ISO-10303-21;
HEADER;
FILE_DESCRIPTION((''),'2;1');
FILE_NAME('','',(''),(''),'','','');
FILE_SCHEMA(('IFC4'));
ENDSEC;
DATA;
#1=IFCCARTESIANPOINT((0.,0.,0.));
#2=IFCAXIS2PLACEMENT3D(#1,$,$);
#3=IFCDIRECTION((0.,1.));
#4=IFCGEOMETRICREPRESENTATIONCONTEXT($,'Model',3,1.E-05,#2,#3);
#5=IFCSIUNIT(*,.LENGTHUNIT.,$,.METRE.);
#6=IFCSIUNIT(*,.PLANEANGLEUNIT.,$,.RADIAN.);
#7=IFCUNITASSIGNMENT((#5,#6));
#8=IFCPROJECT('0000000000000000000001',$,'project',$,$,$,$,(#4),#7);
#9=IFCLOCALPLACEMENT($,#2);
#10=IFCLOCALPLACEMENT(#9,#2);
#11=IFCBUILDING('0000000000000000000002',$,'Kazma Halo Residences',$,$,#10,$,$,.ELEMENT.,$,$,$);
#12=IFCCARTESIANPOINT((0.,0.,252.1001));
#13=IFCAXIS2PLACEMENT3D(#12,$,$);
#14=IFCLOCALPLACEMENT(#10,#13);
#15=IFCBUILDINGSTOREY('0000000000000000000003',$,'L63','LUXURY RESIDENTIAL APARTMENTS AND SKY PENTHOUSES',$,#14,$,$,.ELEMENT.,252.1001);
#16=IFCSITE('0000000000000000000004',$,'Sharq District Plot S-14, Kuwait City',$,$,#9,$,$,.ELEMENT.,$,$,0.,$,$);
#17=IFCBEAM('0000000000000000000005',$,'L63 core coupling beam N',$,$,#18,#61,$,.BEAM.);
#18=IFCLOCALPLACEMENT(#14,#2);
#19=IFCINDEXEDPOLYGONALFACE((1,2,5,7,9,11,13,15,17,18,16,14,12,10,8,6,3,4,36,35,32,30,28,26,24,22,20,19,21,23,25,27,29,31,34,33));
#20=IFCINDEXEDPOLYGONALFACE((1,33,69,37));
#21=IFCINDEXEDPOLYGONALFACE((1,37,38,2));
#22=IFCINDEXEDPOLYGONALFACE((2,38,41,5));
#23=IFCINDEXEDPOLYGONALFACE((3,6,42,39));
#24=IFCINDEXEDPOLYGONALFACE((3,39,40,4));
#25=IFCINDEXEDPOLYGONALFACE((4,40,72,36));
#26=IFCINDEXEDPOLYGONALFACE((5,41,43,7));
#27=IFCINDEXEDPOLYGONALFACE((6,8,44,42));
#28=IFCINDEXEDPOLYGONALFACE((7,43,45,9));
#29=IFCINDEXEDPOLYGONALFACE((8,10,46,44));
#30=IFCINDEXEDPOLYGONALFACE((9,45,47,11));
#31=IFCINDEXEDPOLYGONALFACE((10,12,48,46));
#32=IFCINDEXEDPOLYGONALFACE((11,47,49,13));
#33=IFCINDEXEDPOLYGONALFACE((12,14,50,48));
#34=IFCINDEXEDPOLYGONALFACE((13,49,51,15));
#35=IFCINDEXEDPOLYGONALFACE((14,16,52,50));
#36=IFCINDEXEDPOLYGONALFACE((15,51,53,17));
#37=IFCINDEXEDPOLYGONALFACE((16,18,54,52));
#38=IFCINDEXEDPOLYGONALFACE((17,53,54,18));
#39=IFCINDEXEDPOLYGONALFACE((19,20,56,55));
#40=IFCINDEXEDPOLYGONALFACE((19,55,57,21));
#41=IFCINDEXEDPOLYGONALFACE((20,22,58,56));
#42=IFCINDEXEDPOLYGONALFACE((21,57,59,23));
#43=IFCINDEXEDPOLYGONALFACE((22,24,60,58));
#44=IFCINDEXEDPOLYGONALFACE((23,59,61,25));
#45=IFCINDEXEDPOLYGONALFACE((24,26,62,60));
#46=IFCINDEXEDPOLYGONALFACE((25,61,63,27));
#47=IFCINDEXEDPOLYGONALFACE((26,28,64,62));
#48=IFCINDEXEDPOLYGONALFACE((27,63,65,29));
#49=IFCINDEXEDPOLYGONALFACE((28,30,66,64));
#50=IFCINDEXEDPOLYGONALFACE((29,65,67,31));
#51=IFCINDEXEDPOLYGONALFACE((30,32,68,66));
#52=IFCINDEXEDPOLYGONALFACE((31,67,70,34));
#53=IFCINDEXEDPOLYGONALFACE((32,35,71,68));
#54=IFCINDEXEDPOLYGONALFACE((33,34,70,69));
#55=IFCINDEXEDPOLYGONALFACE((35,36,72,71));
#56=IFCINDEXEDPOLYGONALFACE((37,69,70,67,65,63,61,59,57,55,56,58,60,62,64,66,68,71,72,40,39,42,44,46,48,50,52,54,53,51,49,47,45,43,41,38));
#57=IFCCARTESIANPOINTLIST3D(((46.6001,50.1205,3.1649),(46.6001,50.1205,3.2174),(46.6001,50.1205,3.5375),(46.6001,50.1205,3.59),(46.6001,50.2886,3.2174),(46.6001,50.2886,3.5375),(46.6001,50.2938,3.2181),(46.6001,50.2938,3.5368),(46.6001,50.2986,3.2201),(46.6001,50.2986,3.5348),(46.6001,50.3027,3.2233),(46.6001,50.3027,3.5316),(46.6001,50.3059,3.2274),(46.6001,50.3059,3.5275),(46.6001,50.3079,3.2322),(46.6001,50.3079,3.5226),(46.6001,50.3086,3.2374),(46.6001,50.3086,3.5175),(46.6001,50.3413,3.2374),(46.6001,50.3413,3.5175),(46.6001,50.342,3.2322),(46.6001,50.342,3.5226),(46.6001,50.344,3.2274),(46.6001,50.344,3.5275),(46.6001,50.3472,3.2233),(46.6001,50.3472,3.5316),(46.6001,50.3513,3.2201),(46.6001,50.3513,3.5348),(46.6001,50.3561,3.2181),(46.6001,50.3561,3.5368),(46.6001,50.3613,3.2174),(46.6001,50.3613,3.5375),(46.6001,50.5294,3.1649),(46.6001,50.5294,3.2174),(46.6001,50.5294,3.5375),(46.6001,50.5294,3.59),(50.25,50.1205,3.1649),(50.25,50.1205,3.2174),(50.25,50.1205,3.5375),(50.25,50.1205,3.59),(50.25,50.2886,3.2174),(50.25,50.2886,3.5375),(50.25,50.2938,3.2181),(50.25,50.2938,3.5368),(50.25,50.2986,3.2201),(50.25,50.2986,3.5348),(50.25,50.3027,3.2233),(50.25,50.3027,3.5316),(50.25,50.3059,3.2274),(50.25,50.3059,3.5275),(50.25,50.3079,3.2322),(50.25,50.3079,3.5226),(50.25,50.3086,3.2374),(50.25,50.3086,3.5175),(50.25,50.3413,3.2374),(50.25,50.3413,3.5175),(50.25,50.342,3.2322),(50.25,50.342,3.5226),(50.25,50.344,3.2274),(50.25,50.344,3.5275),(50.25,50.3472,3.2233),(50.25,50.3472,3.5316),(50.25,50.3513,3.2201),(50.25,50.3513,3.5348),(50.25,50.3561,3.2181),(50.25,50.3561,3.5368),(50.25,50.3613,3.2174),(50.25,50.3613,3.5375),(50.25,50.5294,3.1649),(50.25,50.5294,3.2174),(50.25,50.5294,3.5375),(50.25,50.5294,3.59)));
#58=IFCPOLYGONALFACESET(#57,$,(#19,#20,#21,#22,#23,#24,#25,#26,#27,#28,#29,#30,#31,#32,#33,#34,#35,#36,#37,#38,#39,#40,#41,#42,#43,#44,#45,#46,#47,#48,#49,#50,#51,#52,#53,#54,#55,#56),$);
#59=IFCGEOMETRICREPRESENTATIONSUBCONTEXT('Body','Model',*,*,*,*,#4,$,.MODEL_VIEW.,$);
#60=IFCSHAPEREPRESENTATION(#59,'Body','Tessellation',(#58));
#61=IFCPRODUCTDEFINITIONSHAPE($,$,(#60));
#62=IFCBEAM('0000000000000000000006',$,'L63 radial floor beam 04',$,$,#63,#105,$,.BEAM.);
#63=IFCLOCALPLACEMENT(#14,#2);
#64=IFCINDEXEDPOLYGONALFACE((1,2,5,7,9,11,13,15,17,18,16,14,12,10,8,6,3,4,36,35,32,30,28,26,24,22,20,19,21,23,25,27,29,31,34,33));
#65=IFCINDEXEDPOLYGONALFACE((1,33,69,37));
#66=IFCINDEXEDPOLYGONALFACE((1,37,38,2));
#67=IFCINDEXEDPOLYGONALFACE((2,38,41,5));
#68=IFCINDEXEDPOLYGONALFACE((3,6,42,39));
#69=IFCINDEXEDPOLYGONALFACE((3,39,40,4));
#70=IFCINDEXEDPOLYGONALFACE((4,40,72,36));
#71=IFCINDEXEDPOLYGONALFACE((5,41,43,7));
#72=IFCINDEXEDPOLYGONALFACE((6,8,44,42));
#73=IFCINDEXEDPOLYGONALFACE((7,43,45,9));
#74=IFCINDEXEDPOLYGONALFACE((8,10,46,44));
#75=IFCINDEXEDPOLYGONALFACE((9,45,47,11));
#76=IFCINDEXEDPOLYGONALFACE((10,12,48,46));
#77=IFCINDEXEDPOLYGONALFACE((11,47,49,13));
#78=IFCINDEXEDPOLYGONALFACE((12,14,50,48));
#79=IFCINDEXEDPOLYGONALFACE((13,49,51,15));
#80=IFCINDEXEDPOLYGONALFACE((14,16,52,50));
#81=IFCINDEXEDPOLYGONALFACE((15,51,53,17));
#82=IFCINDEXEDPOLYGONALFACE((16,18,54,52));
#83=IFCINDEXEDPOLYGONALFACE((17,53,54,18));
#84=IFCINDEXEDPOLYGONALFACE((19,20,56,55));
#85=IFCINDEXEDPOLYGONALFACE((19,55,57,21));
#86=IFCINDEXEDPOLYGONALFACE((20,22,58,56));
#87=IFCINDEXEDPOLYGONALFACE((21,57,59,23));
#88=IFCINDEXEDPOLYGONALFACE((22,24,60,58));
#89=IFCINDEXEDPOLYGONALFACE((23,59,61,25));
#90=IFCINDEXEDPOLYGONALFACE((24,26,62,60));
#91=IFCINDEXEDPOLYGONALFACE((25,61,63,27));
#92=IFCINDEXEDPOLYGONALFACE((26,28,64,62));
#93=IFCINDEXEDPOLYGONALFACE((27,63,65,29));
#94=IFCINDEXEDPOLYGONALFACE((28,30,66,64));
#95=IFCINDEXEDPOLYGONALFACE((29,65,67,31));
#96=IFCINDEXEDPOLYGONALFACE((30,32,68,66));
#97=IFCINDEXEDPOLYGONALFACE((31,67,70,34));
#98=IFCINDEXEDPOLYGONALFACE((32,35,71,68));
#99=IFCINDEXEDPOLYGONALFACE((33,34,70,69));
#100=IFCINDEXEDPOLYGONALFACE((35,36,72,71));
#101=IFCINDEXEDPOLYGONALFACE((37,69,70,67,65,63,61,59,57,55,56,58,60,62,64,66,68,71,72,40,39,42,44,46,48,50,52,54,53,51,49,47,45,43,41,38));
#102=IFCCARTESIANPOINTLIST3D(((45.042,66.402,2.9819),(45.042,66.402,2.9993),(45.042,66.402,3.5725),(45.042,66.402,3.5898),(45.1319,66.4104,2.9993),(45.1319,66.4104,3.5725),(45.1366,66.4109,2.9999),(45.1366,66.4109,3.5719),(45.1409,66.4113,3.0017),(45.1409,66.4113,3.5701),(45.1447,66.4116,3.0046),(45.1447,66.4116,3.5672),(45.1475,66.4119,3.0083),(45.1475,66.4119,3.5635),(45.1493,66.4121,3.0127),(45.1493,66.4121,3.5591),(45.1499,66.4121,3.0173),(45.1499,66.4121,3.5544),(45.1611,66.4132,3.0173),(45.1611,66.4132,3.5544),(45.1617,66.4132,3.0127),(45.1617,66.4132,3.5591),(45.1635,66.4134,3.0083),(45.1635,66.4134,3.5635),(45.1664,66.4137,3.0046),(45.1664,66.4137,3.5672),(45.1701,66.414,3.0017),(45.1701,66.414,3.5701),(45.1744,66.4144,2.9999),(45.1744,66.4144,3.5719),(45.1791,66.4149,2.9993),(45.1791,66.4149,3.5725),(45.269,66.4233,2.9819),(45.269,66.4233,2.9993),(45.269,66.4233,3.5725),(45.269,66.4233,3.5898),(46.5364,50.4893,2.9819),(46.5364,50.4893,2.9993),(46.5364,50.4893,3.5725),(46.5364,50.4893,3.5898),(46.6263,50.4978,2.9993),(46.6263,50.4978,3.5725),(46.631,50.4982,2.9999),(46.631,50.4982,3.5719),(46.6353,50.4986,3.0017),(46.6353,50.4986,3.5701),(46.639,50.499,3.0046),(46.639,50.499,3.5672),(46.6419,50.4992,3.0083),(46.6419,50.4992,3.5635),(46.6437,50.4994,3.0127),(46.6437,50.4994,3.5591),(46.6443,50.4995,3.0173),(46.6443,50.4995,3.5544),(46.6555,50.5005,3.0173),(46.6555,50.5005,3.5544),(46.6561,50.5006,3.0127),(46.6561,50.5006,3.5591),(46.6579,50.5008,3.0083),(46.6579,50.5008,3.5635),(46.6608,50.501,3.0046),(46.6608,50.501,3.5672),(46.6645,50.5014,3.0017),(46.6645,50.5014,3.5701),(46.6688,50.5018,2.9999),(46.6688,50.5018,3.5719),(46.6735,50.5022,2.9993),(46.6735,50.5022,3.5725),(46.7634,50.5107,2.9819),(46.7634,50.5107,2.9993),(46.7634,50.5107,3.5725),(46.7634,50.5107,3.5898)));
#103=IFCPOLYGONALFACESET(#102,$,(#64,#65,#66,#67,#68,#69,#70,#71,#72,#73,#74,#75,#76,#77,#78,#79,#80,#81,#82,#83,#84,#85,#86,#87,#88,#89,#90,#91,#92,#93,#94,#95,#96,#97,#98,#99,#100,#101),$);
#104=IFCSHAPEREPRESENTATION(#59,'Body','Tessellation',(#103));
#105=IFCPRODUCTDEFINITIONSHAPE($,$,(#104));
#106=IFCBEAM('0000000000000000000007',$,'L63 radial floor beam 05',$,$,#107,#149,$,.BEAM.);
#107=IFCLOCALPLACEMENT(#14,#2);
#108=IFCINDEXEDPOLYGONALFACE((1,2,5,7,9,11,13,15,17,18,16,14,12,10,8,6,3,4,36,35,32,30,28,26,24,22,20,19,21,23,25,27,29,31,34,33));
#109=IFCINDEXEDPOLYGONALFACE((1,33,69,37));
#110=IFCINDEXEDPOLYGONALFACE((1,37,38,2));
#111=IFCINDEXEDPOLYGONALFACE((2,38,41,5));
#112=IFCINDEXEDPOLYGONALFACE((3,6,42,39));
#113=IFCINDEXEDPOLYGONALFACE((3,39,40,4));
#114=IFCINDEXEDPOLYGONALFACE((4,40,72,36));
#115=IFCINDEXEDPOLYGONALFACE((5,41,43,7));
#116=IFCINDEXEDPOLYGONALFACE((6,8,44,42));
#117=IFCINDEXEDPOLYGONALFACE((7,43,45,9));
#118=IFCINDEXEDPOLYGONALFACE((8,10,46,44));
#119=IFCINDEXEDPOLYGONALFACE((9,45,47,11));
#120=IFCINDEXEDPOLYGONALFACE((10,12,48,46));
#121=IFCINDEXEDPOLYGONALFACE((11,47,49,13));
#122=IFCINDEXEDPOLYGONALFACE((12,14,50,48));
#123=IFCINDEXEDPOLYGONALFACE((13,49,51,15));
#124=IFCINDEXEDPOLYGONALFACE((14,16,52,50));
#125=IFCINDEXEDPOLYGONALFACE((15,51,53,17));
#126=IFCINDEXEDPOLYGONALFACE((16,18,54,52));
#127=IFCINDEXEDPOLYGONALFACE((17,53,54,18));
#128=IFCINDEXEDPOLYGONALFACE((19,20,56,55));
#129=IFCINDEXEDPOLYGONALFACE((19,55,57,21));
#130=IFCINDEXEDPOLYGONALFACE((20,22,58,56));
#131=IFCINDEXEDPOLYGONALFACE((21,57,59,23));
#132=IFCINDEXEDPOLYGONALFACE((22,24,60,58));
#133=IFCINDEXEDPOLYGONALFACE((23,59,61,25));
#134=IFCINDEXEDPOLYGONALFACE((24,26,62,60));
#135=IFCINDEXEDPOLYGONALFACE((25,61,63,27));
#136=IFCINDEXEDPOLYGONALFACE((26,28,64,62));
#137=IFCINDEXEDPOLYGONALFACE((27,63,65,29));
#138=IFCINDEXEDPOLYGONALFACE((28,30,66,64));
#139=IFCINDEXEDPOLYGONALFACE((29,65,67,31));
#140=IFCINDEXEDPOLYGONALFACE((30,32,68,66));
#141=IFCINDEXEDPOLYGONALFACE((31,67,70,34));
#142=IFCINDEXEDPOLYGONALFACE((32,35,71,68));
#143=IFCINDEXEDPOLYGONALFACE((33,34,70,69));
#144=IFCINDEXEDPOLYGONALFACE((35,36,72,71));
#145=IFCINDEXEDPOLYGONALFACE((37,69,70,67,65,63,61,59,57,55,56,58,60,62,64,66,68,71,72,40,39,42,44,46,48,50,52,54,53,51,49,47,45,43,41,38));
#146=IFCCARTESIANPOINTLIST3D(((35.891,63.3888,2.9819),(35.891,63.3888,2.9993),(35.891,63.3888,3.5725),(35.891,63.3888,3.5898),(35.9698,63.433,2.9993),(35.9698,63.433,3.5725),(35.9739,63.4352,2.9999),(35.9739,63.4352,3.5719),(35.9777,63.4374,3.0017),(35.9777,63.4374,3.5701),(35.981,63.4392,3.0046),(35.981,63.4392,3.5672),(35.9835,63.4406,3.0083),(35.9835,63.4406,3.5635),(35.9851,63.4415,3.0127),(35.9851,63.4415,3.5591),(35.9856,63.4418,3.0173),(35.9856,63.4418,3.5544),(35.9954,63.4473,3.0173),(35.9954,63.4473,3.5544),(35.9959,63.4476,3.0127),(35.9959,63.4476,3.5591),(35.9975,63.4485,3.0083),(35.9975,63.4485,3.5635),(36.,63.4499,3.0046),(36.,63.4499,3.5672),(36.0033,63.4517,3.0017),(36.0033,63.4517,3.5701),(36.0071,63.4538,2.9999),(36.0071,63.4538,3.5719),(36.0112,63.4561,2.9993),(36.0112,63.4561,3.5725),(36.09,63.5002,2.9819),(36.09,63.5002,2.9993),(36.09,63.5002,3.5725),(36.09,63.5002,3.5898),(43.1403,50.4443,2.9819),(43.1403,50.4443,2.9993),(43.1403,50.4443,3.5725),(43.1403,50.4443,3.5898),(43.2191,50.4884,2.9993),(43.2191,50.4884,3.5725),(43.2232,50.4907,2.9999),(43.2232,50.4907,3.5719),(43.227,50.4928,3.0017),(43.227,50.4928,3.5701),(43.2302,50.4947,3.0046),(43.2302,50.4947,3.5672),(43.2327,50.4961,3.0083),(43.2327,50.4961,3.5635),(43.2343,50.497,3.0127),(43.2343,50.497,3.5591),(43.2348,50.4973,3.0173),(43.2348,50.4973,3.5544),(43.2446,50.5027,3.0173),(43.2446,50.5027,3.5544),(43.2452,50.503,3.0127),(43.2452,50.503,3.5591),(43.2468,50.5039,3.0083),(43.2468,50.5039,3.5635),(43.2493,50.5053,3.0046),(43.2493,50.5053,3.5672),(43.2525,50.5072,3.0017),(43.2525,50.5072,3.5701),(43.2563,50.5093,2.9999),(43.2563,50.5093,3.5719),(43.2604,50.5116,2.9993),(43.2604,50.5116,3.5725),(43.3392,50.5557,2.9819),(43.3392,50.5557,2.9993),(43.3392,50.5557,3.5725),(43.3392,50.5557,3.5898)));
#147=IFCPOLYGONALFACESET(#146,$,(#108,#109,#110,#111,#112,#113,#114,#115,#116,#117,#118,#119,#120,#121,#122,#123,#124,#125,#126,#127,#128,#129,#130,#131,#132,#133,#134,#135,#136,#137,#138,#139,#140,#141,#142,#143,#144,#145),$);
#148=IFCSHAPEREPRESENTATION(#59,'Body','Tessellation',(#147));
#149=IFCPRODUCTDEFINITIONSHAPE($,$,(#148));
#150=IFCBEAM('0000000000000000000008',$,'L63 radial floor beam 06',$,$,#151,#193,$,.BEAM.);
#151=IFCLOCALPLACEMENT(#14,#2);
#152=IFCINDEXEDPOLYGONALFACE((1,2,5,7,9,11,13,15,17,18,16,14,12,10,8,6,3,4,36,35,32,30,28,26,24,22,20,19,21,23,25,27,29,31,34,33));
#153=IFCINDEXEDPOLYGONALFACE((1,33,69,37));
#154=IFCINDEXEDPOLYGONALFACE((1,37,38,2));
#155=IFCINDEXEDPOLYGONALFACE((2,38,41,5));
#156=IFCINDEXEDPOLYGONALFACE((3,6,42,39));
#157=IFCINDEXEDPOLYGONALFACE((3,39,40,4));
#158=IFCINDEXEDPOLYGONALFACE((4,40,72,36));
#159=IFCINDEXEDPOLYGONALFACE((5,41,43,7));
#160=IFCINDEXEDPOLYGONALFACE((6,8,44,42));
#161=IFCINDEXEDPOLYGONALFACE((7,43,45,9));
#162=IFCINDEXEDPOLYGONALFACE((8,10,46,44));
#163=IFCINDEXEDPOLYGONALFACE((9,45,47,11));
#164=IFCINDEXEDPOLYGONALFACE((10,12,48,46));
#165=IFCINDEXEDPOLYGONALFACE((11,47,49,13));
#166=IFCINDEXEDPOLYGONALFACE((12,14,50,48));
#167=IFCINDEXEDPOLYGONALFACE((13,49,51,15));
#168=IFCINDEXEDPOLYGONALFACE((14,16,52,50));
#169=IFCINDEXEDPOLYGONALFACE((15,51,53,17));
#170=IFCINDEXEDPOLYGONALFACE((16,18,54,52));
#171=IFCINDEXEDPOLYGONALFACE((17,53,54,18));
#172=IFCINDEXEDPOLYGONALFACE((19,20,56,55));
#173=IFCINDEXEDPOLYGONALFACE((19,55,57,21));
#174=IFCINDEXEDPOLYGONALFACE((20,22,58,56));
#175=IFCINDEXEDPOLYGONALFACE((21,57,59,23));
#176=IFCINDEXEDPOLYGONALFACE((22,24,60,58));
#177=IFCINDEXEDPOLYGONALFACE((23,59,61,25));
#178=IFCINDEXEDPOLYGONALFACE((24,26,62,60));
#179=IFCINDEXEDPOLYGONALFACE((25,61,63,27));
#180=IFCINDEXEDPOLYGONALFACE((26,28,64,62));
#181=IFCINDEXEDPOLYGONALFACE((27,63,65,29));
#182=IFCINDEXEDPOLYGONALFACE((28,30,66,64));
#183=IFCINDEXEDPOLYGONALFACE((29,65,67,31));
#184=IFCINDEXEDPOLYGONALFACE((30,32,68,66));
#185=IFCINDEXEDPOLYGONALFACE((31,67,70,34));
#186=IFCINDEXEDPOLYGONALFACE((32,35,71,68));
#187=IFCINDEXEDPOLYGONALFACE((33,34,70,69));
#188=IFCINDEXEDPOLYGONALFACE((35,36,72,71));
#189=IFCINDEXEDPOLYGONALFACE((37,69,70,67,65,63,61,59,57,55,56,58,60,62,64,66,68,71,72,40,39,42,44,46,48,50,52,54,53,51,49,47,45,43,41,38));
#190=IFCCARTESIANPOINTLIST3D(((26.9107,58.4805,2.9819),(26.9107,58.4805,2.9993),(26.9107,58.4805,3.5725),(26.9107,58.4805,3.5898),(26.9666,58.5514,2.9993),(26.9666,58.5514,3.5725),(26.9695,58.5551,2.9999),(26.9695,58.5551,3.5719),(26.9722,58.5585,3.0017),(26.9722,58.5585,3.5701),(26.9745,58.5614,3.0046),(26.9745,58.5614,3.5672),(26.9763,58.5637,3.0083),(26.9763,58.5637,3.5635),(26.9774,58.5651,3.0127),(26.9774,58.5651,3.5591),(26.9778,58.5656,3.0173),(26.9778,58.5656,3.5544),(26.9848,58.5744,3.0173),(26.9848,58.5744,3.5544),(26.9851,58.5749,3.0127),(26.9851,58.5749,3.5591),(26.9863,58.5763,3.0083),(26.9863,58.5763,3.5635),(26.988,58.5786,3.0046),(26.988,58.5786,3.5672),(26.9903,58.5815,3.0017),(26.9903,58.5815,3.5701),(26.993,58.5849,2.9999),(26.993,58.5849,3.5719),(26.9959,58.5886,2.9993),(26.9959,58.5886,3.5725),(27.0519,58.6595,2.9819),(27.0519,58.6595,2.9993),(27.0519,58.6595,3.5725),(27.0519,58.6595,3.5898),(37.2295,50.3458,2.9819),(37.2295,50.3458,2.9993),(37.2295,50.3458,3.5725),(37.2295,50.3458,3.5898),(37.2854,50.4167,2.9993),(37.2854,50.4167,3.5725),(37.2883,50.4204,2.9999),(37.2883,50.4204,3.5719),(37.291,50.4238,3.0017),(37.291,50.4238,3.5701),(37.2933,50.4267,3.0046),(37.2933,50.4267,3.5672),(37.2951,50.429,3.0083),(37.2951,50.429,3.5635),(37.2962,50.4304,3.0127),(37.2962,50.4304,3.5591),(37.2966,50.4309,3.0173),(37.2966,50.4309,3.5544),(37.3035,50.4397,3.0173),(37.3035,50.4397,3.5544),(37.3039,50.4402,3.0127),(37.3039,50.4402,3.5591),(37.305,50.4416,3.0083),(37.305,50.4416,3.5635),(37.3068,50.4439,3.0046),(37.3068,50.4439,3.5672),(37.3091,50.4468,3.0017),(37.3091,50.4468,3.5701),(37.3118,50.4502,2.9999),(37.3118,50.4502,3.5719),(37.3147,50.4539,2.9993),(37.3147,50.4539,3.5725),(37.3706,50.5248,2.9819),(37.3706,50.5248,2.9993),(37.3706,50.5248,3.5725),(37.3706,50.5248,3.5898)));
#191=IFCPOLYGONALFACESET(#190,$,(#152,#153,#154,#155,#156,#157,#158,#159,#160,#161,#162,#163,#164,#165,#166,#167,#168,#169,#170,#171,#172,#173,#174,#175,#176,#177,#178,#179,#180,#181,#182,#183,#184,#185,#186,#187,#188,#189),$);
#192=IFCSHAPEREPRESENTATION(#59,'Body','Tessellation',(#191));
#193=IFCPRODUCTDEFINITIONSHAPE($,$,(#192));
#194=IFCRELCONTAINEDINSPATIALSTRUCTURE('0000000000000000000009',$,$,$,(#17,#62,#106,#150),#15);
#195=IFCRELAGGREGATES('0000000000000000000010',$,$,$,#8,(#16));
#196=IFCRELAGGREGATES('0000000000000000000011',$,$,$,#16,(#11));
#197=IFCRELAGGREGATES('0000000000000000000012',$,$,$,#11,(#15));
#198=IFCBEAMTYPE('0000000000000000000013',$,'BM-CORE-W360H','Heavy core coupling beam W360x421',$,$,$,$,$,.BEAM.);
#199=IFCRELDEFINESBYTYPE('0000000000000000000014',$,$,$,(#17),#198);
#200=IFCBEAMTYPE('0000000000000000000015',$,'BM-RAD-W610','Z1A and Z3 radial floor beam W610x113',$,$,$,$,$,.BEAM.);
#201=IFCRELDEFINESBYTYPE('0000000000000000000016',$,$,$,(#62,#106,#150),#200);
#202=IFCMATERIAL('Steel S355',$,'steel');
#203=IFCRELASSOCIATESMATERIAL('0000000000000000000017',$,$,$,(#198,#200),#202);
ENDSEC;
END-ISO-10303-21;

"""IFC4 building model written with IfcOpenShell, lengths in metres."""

from ifc_helpers import new_model, si_unit, direction, frame, origin, origin_2d, place, context, subcontext, project, spatial, i_section, extrude, material, material_profile, profile_set, type_object, element, save


model = new_model("IFC4")

# Units and contexts
model_context = context("Model", 3, precision=1e-05, world=origin(), true_north=direction((0.0, 1.0)))
body_context = subcontext(model_context, "Body", "Model", "MODEL_VIEW")
ifc_project = project(units=[si_unit("LENGTHUNIT", "METRE"), si_unit("PLANEANGLEUNIT", "RADIAN")], contexts=[model_context])

# Site, building, storey
site_placement = place(None, origin())
site = spatial("IfcSite", under=ifc_project, at=site_placement, Name="Sharq District Plot S-14, Kuwait City", CompositionType="ELEMENT", RefElevation=0.0)
building_placement = place(site_placement, origin())
building = spatial("IfcBuilding", under=site, at=building_placement, Name="Kazma Halo Residences", CompositionType="ELEMENT")
storey_placement = place(building_placement, frame((0.0, 0.0, 252.1001)))
storey = spatial("IfcBuildingStorey", under=building, at=storey_placement, Name="L63", Description="LUXURY RESIDENTIAL APARTMENTS AND SKY PENTHOUSES", CompositionType="ELEMENT", Elevation=252.1001)

# Beams
ifc_material_1 = material(Name="Steel S355", Category="steel")
ifc_material_profile_1 = material_profile(ifc_material_1, i_section(OverallWidth=0.4089, OverallDepth=0.425, WebThickness=0.0327, FlangeThickness=0.0525, FilletRadius=0.02, at=origin_2d()), Name="W360x421")
ifc_profile_set_1 = profile_set([ifc_material_profile_1], Name="Steel S355")
beam_type_1 = type_object("IfcBeamType", Name="BM-CORE-W360H", Description="Heavy core coupling beam W360x421", PredefinedType="BEAM", material=ifc_profile_set_1)
beam_1_placement = place(storey_placement, frame((46.6001, 50.325, 3.3774), z_axis=(1.0, 0.0, 0.0), x_axis=(0.0, 1.0, 0.0)))
element("IfcBeam", 1, at=beam_1_placement, inside=storey, type_object=beam_type_1, Name="L63 core coupling beam N", PredefinedType="BEAM", context=body_context, shape_type="SweptSolid", body=[
    extrude(i_section(OverallWidth=0.4089, OverallDepth=0.425, WebThickness=0.0327, FlangeThickness=0.0525, FilletRadius=0.02, at=origin_2d()), origin(), (0.0, 0.0, 1.0), 3.6499),
])
ifc_material_profile_2 = material_profile(ifc_material_1, i_section(OverallWidth=0.228, OverallDepth=0.6079, WebThickness=0.0112, FlangeThickness=0.0173, FilletRadius=0.0181, at=origin_2d()), Name="W610x113")
ifc_profile_set_2 = profile_set([ifc_material_profile_2], Name="Steel S355")
beam_type_2 = type_object("IfcBeamType", Name="BM-RAD-W610", Description="Z1A and Z3 radial floor beam W610x113", PredefinedType="BEAM", material=ifc_profile_set_2)
beam_2_placement = place(storey_placement, frame((46.6499, 50.5, 3.2859), z_axis=(-0.093501, 0.995619, 0.0), x_axis=(-0.995619, -0.093501, 0.0)))
element("IfcBeam", 2, at=beam_2_placement, inside=storey, type_object=beam_type_2, Name="L63 radial floor beam 04", PredefinedType="BEAM", context=body_context, shape_type="SweptSolid", body=[
    extrude(i_section(OverallWidth=0.228, OverallDepth=0.6079, WebThickness=0.0112, FlangeThickness=0.0173, FilletRadius=0.0181, at=origin_2d()), origin(), (0.0, 0.0, 1.0), 15.9827),
])
beam_3_placement = place(storey_placement, frame((43.2397, 50.5, 3.2859), z_axis=(-0.488619, 0.872497, 0.0), x_axis=(-0.872497, -0.488619, 0.0)))
element("IfcBeam", 3, at=beam_3_placement, inside=storey, type_object=beam_type_2, Name="L63 radial floor beam 05", PredefinedType="BEAM", context=body_context, shape_type="SweptSolid", body=[
    extrude(i_section(OverallWidth=0.228, OverallDepth=0.6079, WebThickness=0.0112, FlangeThickness=0.0173, FilletRadius=0.0181, at=origin_2d()), origin(), (0.0, 0.0, 1.0), 14.8362),
])
beam_4_placement = place(storey_placement, frame((37.3, 50.4353, 3.2859), z_axis=(-0.785315, 0.619096, 0.0), x_axis=(-0.619096, -0.785315, 0.0)))
element("IfcBeam", 4, at=beam_4_placement, inside=storey, type_object=beam_type_2, Name="L63 radial floor beam 06", PredefinedType="BEAM", context=body_context, shape_type="SweptSolid", body=[
    extrude(i_section(OverallWidth=0.228, OverallDepth=0.6079, WebThickness=0.0112, FlangeThickness=0.0173, FilletRadius=0.0181, at=origin_2d()), origin(), (0.0, 0.0, 1.0), 13.1396),
])

save(model, "model.ifc")
